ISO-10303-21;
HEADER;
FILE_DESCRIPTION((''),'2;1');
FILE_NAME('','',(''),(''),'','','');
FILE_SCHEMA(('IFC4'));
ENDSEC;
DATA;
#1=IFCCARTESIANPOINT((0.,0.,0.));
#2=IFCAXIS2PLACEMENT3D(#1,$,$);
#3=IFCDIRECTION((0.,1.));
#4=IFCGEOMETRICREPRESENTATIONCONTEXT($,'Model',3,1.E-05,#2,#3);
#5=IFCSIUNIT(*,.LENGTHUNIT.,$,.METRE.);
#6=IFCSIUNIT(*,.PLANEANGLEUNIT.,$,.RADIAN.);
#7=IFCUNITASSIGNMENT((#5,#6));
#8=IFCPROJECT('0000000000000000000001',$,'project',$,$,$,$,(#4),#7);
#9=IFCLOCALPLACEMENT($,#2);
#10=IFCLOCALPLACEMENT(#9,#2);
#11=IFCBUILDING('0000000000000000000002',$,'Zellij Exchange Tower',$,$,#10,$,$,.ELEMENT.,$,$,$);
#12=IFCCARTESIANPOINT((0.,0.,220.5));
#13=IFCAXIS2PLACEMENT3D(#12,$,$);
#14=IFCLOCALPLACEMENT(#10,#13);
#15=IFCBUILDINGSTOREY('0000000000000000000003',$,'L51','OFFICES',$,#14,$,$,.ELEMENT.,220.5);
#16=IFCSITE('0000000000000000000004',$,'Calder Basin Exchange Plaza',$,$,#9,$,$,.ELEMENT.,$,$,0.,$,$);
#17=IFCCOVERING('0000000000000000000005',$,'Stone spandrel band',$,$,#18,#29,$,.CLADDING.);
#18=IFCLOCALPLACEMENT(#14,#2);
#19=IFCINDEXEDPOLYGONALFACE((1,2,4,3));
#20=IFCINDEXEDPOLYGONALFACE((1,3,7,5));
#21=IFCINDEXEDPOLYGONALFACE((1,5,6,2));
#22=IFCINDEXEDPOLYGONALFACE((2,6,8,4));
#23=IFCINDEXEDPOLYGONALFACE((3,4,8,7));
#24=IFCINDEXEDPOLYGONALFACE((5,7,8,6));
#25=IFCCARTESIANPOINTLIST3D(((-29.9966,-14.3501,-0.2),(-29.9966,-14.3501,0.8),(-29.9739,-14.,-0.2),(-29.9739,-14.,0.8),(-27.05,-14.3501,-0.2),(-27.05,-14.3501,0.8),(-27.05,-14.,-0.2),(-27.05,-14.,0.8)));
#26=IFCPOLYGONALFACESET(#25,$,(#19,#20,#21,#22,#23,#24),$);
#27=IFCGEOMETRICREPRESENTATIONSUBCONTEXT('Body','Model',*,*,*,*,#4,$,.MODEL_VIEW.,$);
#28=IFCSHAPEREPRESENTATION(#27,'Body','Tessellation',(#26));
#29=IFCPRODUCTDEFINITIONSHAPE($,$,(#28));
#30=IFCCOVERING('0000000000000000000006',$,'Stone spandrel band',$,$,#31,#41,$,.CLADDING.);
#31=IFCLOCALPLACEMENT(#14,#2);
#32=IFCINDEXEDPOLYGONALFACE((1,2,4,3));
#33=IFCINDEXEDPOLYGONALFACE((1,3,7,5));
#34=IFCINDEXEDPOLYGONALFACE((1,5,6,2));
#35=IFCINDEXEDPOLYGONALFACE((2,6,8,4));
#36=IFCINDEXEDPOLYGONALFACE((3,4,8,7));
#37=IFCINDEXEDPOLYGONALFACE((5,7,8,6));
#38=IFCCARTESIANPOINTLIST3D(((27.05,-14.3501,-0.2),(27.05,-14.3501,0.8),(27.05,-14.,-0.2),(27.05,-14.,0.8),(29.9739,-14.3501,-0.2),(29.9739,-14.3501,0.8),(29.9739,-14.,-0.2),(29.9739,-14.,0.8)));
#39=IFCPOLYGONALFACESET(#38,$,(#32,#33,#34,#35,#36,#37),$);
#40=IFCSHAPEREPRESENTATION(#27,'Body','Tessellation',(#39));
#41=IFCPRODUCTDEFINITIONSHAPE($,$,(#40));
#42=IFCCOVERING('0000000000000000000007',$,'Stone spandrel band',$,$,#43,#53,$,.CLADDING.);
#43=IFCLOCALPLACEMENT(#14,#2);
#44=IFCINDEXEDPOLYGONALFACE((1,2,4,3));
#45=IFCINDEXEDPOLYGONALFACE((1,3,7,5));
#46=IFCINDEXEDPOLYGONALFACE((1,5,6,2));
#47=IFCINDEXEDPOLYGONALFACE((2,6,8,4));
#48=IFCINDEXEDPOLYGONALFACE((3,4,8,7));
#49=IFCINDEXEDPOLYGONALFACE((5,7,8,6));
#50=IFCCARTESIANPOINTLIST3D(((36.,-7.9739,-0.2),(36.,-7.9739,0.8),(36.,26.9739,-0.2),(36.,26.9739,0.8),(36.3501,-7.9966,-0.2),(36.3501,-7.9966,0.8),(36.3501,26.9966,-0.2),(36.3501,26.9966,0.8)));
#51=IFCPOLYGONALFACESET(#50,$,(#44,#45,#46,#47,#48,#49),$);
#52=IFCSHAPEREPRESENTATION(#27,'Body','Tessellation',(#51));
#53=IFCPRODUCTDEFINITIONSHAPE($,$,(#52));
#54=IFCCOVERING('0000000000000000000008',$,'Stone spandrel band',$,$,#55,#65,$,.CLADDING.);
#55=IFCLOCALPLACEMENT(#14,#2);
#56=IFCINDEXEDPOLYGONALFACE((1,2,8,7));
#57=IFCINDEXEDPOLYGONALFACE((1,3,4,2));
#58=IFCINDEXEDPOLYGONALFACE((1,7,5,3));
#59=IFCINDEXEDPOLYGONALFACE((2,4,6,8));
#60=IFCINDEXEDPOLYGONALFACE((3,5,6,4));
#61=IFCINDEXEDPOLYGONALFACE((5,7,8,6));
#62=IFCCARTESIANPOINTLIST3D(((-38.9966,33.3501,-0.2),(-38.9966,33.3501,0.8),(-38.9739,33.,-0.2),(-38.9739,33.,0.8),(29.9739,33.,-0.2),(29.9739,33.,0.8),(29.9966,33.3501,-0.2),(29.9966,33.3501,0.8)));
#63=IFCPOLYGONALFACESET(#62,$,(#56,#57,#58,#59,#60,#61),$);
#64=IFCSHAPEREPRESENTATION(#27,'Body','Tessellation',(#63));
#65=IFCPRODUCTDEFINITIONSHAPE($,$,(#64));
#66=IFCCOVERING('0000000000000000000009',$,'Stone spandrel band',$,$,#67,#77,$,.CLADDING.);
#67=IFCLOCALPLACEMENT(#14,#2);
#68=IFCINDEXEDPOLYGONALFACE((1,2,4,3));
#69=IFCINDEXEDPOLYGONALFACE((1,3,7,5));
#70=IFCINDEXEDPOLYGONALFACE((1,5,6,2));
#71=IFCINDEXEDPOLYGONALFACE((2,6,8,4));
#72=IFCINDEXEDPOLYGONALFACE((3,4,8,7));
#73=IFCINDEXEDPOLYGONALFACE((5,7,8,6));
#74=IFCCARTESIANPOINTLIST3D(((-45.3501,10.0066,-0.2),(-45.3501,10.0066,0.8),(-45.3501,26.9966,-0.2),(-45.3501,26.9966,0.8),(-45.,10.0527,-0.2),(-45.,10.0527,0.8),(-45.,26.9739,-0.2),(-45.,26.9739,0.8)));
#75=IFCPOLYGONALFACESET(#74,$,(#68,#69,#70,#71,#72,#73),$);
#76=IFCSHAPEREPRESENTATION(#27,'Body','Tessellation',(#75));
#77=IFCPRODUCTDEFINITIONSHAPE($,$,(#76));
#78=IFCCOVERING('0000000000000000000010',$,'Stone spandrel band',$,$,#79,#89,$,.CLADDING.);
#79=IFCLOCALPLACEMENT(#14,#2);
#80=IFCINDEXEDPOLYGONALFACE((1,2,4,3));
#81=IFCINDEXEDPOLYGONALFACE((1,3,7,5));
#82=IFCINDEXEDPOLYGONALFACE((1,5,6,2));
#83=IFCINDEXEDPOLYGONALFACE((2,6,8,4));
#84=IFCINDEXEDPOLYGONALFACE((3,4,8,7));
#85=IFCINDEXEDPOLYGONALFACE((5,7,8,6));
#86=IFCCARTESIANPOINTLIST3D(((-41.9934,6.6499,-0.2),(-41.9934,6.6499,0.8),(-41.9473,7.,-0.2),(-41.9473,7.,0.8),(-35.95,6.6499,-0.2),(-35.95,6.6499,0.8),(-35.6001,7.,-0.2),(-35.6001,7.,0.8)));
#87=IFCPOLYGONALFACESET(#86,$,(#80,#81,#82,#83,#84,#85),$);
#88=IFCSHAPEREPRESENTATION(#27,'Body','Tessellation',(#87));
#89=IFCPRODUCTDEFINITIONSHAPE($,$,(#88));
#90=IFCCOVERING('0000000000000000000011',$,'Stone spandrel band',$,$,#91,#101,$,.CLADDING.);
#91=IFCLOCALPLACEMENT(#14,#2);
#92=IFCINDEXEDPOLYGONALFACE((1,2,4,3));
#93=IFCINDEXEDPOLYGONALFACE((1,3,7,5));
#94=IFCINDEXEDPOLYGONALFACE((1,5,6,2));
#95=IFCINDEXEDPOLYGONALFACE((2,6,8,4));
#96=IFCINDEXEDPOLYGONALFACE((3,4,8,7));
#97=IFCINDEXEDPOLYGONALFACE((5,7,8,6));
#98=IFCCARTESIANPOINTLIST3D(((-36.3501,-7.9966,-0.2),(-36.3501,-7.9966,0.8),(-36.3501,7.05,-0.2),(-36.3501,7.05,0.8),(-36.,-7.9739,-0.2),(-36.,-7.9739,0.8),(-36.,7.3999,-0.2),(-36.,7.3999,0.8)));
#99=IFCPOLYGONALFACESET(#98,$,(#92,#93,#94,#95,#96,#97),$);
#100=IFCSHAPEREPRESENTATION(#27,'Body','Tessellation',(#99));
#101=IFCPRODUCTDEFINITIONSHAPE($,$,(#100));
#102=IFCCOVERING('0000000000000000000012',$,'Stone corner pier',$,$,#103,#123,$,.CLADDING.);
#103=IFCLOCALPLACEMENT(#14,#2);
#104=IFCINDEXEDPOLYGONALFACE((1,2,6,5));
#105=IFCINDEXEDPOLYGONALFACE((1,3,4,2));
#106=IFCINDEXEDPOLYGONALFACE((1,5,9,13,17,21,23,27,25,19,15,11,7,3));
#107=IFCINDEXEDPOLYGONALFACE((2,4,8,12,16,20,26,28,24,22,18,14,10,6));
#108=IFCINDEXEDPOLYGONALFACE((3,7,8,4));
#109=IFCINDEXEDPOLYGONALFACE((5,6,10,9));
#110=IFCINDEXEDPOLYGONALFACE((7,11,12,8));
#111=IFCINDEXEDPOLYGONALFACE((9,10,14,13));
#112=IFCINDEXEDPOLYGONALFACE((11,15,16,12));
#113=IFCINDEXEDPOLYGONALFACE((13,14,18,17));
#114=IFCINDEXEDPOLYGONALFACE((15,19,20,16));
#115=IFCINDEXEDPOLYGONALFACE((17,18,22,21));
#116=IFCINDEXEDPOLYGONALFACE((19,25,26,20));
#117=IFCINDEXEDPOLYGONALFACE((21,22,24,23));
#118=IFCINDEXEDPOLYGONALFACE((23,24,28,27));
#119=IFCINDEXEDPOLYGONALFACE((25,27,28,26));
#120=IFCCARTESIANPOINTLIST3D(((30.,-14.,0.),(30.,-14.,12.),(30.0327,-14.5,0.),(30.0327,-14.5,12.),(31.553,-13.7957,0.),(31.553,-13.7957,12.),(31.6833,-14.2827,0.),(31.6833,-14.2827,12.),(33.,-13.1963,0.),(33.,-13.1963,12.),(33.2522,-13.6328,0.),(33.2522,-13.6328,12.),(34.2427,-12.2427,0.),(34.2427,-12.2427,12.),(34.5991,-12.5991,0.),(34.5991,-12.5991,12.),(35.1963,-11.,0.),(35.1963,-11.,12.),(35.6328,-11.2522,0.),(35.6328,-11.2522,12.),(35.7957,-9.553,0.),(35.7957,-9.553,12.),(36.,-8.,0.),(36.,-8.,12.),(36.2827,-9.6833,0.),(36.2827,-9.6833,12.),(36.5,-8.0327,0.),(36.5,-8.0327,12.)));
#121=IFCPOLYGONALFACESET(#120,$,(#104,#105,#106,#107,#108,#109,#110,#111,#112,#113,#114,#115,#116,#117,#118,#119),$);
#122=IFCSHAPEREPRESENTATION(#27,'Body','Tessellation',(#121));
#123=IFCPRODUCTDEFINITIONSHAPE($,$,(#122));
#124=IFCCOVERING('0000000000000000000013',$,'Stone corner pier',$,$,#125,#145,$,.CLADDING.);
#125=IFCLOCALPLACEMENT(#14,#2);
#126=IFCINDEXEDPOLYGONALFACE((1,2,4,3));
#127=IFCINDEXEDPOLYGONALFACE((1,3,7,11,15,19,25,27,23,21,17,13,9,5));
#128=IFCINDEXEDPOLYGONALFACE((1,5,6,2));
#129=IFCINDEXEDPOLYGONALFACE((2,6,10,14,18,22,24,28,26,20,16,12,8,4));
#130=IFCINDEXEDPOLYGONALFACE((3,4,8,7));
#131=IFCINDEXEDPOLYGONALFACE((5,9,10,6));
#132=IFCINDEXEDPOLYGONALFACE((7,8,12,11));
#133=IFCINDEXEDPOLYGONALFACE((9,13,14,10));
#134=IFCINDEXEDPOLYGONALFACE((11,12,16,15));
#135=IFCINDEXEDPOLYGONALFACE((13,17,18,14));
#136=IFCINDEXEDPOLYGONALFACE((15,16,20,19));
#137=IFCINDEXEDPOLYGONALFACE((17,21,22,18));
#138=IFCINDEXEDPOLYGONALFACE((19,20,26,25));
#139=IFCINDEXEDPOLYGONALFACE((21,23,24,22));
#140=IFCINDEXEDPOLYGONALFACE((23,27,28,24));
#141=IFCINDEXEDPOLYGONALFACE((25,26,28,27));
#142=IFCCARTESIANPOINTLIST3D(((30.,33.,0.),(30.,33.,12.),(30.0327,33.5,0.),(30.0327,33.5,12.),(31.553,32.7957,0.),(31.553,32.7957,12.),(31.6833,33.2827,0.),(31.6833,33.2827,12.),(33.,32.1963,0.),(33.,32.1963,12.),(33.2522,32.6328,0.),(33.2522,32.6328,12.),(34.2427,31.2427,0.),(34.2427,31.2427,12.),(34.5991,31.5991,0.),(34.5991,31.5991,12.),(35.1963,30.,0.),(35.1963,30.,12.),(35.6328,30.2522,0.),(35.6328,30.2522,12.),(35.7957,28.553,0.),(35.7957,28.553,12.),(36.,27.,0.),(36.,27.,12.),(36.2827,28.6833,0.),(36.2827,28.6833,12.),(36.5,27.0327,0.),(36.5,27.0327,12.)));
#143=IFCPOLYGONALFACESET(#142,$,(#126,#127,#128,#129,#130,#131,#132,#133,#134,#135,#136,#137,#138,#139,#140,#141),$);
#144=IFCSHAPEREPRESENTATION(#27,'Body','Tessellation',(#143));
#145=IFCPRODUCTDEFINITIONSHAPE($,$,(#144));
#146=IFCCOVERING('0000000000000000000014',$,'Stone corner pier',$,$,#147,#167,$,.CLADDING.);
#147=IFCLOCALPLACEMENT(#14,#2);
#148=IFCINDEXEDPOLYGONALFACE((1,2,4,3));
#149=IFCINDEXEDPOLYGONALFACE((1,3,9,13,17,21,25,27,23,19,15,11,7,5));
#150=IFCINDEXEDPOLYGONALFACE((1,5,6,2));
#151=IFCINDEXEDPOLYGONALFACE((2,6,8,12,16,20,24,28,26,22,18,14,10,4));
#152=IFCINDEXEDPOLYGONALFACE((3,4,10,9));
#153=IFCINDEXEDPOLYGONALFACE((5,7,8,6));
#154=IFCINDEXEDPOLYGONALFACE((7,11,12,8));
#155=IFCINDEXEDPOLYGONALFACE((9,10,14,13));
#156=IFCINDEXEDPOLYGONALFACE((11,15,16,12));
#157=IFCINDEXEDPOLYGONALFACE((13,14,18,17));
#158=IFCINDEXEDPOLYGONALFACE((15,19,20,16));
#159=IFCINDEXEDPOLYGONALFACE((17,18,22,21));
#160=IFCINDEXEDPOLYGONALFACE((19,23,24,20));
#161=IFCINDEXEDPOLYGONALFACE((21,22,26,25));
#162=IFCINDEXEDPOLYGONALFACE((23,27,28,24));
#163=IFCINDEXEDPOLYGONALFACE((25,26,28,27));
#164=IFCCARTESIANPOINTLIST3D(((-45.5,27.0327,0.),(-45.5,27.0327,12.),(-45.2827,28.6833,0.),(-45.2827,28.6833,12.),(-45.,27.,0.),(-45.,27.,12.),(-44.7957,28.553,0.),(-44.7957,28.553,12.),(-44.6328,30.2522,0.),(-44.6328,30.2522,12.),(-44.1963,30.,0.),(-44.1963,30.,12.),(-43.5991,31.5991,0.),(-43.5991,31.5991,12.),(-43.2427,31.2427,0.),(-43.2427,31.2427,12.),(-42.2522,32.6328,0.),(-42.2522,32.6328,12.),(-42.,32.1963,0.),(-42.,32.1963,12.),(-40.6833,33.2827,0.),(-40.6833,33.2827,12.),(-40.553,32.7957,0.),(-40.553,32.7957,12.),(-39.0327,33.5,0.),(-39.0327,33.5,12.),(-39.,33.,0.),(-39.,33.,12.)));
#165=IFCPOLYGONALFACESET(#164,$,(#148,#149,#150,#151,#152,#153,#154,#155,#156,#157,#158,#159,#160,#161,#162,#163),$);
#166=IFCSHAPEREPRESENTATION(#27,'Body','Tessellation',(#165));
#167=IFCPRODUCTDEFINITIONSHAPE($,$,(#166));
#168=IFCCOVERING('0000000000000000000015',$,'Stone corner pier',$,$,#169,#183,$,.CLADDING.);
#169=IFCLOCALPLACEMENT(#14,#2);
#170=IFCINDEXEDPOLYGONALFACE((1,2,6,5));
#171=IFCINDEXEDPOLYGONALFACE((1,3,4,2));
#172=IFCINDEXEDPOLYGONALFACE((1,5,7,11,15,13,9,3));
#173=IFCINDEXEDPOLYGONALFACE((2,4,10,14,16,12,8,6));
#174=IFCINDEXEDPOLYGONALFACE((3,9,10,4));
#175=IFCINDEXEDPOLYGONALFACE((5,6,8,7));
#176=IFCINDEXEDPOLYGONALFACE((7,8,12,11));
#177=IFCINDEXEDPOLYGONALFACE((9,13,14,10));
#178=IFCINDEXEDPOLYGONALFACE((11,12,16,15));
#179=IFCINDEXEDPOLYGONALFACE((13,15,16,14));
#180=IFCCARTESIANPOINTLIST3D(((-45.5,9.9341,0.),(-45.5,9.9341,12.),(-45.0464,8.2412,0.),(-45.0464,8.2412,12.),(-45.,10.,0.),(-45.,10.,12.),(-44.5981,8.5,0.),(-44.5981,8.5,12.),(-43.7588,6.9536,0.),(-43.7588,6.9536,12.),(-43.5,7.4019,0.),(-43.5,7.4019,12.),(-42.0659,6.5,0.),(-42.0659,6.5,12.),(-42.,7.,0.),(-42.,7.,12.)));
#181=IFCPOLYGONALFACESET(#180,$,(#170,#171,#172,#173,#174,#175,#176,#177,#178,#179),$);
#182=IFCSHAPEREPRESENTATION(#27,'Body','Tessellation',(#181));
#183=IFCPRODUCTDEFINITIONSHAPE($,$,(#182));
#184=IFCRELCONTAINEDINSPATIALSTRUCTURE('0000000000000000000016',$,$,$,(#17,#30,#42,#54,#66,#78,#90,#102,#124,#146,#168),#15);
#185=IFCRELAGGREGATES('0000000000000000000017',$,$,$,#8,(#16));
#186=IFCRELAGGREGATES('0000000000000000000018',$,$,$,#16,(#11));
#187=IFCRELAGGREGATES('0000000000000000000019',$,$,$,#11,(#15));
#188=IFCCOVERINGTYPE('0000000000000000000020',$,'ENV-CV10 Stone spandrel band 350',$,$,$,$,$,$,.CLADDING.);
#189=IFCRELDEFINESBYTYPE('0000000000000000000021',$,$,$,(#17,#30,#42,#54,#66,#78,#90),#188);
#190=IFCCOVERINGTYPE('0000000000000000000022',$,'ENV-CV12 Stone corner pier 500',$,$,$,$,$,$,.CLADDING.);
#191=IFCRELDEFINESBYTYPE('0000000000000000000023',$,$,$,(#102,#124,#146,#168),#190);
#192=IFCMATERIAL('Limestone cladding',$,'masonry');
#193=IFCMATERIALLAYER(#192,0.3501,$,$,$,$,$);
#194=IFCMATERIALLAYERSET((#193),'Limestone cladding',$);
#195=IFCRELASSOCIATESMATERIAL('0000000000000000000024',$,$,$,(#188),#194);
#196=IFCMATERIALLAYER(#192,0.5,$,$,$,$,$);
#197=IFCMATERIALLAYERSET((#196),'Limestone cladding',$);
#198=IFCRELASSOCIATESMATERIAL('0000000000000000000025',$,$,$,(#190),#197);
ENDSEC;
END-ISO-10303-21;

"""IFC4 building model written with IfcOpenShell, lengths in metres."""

from ifc_helpers import new_model, si_unit, direction, frame, origin, place, context, subcontext, project, spatial, polyline, outline, extrude, material, layer, layer_set, type_object, element, save


model = new_model("IFC4")

# Units and contexts
model_context = context("Model", 3, precision=1e-05, world=origin(), true_north=direction((0.0, 1.0)))
body_context = subcontext(model_context, "Body", "Model", "MODEL_VIEW")
ifc_project = project(units=[si_unit("LENGTHUNIT", "METRE"), si_unit("PLANEANGLEUNIT", "RADIAN")], contexts=[model_context])

# Site, building, storey
site_placement = place(None, origin())
site = spatial("IfcSite", under=ifc_project, at=site_placement, Name="Calder Basin Exchange Plaza", CompositionType="ELEMENT", RefElevation=0.0)
building_placement = place(site_placement, origin())
building = spatial("IfcBuilding", under=site, at=building_placement, Name="Zellij Exchange Tower", CompositionType="ELEMENT")
storey_placement = place(building_placement, frame((0.0, 0.0, 220.5)))
storey = spatial("IfcBuildingStorey", under=building, at=storey_placement, Name="L51", Description="OFFICES", CompositionType="ELEMENT", Elevation=220.5)

# Coverings
ifc_material_1 = material(Name="Limestone cladding", Category="masonry")
ifc_layer_1 = layer(ifc_material_1, 0.3501)
ifc_layer_set_1 = layer_set([ifc_layer_1], Name="Limestone cladding")
covering_type_1 = type_object("IfcCoveringType", Name="ENV-CV10 Stone spandrel band 350", PredefinedType="CLADDING", material=ifc_layer_set_1)
covering_1_placement = place(storey_placement, frame((0.0, 0.0, -0.2)))
element("IfcCovering", 1, at=covering_1_placement, inside=storey, type_object=covering_type_1, Name="Stone spandrel band", PredefinedType="CLADDING", context=body_context, shape_type="SweptSolid", body=[
    extrude(outline(polyline([(-29.9739, -14.0), (-27.05, -14.0), (-27.05, -14.3501), (-29.9966, -14.3501), (-29.9739, -14.0)])), origin(), (0.0, 0.0, 1.0), 1.0),
])
covering_2_placement = place(storey_placement, frame((0.0, 0.0, -0.2)))
element("IfcCovering", 2, at=covering_2_placement, inside=storey, type_object=covering_type_1, Name="Stone spandrel band", PredefinedType="CLADDING", context=body_context, shape_type="SweptSolid", body=[
    extrude(outline(polyline([(27.05, -14.0), (29.9739, -14.0), (29.9739, -14.3501), (27.05, -14.3501), (27.05, -14.0)])), origin(), (0.0, 0.0, 1.0), 1.0),
])
covering_3_placement = place(storey_placement, frame((0.0, 0.0, -0.2)))
element("IfcCovering", 3, at=covering_3_placement, inside=storey, type_object=covering_type_1, Name="Stone spandrel band", PredefinedType="CLADDING", context=body_context, shape_type="SweptSolid", body=[
    extrude(outline(polyline([(36.0, -7.9739), (36.0, 26.9739), (36.3501, 26.9966), (36.3501, -7.9966), (36.0, -7.9739)])), origin(), (0.0, 0.0, 1.0), 1.0),
])
covering_4_placement = place(storey_placement, frame((0.0, 0.0, -0.2)))
element("IfcCovering", 4, at=covering_4_placement, inside=storey, type_object=covering_type_1, Name="Stone spandrel band", PredefinedType="CLADDING", context=body_context, shape_type="SweptSolid", body=[
    extrude(outline(polyline([(29.9739, 33.0), (-38.9739, 33.0), (-38.9966, 33.3501), (29.9966, 33.3501), (29.9739, 33.0)])), origin(), (0.0, 0.0, 1.0), 1.0),
])
covering_5_placement = place(storey_placement, frame((0.0, 0.0, -0.2)))
element("IfcCovering", 5, at=covering_5_placement, inside=storey, type_object=covering_type_1, Name="Stone spandrel band", PredefinedType="CLADDING", context=body_context, shape_type="SweptSolid", body=[
    extrude(outline(polyline([(-45.0, 26.9739), (-45.0, 10.0527), (-45.3501, 10.0066), (-45.3501, 26.9966), (-45.0, 26.9739)])), origin(), (0.0, 0.0, 1.0), 1.0),
])
covering_6_placement = place(storey_placement, frame((0.0, 0.0, -0.2)))
element("IfcCovering", 6, at=covering_6_placement, inside=storey, type_object=covering_type_1, Name="Stone spandrel band", PredefinedType="CLADDING", context=body_context, shape_type="SweptSolid", body=[
    extrude(outline(polyline([(-41.9473, 7.0), (-35.6001, 7.0), (-35.95, 6.6499), (-41.9934, 6.6499), (-41.9473, 7.0)])), origin(), (0.0, 0.0, 1.0), 1.0),
])
covering_7_placement = place(storey_placement, frame((0.0, 0.0, -0.2)))
element("IfcCovering", 7, at=covering_7_placement, inside=storey, type_object=covering_type_1, Name="Stone spandrel band", PredefinedType="CLADDING", context=body_context, shape_type="SweptSolid", body=[
    extrude(outline(polyline([(-36.0, 7.3999), (-36.0, -7.9739), (-36.3501, -7.9966), (-36.3501, 7.05), (-36.0, 7.3999)])), origin(), (0.0, 0.0, 1.0), 1.0),
])
ifc_layer_2 = layer(ifc_material_1, 0.5)
ifc_layer_set_2 = layer_set([ifc_layer_2], Name="Limestone cladding")
covering_type_2 = type_object("IfcCoveringType", Name="ENV-CV12 Stone corner pier 500", PredefinedType="CLADDING", material=ifc_layer_set_2)
covering_8_placement = place(storey_placement, origin())
element("IfcCovering", 8, at=covering_8_placement, inside=storey, type_object=covering_type_2, Name="Stone corner pier", PredefinedType="CLADDING", context=body_context, shape_type="SweptSolid", body=[
    extrude(outline(polyline([(30.0, -14.0), (31.553, -13.7957), (33.0, -13.1963), (34.2427, -12.2427), (35.1963, -11.0), (35.7957, -9.553), (36.0, -8.0), (36.5, -8.0327), (36.2827, -9.6833), (35.6328, -11.2522), (34.5991, -12.5991), (33.2522, -13.6328), (31.6833, -14.2827), (30.0327, -14.5), (30.0, -14.0)])), origin(), (0.0, 0.0, 1.0), 12.0),
])
covering_9_placement = place(storey_placement, origin())
element("IfcCovering", 9, at=covering_9_placement, inside=storey, type_object=covering_type_2, Name="Stone corner pier", PredefinedType="CLADDING", context=body_context, shape_type="SweptSolid", body=[
    extrude(outline(polyline([(36.0, 27.0), (35.7957, 28.553), (35.1963, 30.0), (34.2427, 31.2427), (33.0, 32.1963), (31.553, 32.7957), (30.0, 33.0), (30.0327, 33.5), (31.6833, 33.2827), (33.2522, 32.6328), (34.5991, 31.5991), (35.6328, 30.2522), (36.2827, 28.6833), (36.5, 27.0327), (36.0, 27.0)])), origin(), (0.0, 0.0, 1.0), 12.0),
])
covering_10_placement = place(storey_placement, origin())
element("IfcCovering", 10, at=covering_10_placement, inside=storey, type_object=covering_type_2, Name="Stone corner pier", PredefinedType="CLADDING", context=body_context, shape_type="SweptSolid", body=[
    extrude(outline(polyline([(-39.0, 33.0), (-40.553, 32.7957), (-42.0, 32.1963), (-43.2427, 31.2427), (-44.1963, 30.0), (-44.7957, 28.553), (-45.0, 27.0), (-45.5, 27.0327), (-45.2827, 28.6833), (-44.6328, 30.2522), (-43.5991, 31.5991), (-42.2522, 32.6328), (-40.6833, 33.2827), (-39.0327, 33.5), (-39.0, 33.0)])), origin(), (0.0, 0.0, 1.0), 12.0),
])
covering_11_placement = place(storey_placement, origin())
element("IfcCovering", 11, at=covering_11_placement, inside=storey, type_object=covering_type_2, Name="Stone corner pier", PredefinedType="CLADDING", context=body_context, shape_type="SweptSolid", body=[
    extrude(outline(polyline([(-45.0, 10.0), (-44.5981, 8.5), (-43.5, 7.4019), (-42.0, 7.0), (-42.0659, 6.5), (-43.7588, 6.9536), (-45.0464, 8.2412), (-45.5, 9.9341), (-45.0, 10.0)])), origin(), (0.0, 0.0, 1.0), 12.0),
])

save(model, "model.ifc")
